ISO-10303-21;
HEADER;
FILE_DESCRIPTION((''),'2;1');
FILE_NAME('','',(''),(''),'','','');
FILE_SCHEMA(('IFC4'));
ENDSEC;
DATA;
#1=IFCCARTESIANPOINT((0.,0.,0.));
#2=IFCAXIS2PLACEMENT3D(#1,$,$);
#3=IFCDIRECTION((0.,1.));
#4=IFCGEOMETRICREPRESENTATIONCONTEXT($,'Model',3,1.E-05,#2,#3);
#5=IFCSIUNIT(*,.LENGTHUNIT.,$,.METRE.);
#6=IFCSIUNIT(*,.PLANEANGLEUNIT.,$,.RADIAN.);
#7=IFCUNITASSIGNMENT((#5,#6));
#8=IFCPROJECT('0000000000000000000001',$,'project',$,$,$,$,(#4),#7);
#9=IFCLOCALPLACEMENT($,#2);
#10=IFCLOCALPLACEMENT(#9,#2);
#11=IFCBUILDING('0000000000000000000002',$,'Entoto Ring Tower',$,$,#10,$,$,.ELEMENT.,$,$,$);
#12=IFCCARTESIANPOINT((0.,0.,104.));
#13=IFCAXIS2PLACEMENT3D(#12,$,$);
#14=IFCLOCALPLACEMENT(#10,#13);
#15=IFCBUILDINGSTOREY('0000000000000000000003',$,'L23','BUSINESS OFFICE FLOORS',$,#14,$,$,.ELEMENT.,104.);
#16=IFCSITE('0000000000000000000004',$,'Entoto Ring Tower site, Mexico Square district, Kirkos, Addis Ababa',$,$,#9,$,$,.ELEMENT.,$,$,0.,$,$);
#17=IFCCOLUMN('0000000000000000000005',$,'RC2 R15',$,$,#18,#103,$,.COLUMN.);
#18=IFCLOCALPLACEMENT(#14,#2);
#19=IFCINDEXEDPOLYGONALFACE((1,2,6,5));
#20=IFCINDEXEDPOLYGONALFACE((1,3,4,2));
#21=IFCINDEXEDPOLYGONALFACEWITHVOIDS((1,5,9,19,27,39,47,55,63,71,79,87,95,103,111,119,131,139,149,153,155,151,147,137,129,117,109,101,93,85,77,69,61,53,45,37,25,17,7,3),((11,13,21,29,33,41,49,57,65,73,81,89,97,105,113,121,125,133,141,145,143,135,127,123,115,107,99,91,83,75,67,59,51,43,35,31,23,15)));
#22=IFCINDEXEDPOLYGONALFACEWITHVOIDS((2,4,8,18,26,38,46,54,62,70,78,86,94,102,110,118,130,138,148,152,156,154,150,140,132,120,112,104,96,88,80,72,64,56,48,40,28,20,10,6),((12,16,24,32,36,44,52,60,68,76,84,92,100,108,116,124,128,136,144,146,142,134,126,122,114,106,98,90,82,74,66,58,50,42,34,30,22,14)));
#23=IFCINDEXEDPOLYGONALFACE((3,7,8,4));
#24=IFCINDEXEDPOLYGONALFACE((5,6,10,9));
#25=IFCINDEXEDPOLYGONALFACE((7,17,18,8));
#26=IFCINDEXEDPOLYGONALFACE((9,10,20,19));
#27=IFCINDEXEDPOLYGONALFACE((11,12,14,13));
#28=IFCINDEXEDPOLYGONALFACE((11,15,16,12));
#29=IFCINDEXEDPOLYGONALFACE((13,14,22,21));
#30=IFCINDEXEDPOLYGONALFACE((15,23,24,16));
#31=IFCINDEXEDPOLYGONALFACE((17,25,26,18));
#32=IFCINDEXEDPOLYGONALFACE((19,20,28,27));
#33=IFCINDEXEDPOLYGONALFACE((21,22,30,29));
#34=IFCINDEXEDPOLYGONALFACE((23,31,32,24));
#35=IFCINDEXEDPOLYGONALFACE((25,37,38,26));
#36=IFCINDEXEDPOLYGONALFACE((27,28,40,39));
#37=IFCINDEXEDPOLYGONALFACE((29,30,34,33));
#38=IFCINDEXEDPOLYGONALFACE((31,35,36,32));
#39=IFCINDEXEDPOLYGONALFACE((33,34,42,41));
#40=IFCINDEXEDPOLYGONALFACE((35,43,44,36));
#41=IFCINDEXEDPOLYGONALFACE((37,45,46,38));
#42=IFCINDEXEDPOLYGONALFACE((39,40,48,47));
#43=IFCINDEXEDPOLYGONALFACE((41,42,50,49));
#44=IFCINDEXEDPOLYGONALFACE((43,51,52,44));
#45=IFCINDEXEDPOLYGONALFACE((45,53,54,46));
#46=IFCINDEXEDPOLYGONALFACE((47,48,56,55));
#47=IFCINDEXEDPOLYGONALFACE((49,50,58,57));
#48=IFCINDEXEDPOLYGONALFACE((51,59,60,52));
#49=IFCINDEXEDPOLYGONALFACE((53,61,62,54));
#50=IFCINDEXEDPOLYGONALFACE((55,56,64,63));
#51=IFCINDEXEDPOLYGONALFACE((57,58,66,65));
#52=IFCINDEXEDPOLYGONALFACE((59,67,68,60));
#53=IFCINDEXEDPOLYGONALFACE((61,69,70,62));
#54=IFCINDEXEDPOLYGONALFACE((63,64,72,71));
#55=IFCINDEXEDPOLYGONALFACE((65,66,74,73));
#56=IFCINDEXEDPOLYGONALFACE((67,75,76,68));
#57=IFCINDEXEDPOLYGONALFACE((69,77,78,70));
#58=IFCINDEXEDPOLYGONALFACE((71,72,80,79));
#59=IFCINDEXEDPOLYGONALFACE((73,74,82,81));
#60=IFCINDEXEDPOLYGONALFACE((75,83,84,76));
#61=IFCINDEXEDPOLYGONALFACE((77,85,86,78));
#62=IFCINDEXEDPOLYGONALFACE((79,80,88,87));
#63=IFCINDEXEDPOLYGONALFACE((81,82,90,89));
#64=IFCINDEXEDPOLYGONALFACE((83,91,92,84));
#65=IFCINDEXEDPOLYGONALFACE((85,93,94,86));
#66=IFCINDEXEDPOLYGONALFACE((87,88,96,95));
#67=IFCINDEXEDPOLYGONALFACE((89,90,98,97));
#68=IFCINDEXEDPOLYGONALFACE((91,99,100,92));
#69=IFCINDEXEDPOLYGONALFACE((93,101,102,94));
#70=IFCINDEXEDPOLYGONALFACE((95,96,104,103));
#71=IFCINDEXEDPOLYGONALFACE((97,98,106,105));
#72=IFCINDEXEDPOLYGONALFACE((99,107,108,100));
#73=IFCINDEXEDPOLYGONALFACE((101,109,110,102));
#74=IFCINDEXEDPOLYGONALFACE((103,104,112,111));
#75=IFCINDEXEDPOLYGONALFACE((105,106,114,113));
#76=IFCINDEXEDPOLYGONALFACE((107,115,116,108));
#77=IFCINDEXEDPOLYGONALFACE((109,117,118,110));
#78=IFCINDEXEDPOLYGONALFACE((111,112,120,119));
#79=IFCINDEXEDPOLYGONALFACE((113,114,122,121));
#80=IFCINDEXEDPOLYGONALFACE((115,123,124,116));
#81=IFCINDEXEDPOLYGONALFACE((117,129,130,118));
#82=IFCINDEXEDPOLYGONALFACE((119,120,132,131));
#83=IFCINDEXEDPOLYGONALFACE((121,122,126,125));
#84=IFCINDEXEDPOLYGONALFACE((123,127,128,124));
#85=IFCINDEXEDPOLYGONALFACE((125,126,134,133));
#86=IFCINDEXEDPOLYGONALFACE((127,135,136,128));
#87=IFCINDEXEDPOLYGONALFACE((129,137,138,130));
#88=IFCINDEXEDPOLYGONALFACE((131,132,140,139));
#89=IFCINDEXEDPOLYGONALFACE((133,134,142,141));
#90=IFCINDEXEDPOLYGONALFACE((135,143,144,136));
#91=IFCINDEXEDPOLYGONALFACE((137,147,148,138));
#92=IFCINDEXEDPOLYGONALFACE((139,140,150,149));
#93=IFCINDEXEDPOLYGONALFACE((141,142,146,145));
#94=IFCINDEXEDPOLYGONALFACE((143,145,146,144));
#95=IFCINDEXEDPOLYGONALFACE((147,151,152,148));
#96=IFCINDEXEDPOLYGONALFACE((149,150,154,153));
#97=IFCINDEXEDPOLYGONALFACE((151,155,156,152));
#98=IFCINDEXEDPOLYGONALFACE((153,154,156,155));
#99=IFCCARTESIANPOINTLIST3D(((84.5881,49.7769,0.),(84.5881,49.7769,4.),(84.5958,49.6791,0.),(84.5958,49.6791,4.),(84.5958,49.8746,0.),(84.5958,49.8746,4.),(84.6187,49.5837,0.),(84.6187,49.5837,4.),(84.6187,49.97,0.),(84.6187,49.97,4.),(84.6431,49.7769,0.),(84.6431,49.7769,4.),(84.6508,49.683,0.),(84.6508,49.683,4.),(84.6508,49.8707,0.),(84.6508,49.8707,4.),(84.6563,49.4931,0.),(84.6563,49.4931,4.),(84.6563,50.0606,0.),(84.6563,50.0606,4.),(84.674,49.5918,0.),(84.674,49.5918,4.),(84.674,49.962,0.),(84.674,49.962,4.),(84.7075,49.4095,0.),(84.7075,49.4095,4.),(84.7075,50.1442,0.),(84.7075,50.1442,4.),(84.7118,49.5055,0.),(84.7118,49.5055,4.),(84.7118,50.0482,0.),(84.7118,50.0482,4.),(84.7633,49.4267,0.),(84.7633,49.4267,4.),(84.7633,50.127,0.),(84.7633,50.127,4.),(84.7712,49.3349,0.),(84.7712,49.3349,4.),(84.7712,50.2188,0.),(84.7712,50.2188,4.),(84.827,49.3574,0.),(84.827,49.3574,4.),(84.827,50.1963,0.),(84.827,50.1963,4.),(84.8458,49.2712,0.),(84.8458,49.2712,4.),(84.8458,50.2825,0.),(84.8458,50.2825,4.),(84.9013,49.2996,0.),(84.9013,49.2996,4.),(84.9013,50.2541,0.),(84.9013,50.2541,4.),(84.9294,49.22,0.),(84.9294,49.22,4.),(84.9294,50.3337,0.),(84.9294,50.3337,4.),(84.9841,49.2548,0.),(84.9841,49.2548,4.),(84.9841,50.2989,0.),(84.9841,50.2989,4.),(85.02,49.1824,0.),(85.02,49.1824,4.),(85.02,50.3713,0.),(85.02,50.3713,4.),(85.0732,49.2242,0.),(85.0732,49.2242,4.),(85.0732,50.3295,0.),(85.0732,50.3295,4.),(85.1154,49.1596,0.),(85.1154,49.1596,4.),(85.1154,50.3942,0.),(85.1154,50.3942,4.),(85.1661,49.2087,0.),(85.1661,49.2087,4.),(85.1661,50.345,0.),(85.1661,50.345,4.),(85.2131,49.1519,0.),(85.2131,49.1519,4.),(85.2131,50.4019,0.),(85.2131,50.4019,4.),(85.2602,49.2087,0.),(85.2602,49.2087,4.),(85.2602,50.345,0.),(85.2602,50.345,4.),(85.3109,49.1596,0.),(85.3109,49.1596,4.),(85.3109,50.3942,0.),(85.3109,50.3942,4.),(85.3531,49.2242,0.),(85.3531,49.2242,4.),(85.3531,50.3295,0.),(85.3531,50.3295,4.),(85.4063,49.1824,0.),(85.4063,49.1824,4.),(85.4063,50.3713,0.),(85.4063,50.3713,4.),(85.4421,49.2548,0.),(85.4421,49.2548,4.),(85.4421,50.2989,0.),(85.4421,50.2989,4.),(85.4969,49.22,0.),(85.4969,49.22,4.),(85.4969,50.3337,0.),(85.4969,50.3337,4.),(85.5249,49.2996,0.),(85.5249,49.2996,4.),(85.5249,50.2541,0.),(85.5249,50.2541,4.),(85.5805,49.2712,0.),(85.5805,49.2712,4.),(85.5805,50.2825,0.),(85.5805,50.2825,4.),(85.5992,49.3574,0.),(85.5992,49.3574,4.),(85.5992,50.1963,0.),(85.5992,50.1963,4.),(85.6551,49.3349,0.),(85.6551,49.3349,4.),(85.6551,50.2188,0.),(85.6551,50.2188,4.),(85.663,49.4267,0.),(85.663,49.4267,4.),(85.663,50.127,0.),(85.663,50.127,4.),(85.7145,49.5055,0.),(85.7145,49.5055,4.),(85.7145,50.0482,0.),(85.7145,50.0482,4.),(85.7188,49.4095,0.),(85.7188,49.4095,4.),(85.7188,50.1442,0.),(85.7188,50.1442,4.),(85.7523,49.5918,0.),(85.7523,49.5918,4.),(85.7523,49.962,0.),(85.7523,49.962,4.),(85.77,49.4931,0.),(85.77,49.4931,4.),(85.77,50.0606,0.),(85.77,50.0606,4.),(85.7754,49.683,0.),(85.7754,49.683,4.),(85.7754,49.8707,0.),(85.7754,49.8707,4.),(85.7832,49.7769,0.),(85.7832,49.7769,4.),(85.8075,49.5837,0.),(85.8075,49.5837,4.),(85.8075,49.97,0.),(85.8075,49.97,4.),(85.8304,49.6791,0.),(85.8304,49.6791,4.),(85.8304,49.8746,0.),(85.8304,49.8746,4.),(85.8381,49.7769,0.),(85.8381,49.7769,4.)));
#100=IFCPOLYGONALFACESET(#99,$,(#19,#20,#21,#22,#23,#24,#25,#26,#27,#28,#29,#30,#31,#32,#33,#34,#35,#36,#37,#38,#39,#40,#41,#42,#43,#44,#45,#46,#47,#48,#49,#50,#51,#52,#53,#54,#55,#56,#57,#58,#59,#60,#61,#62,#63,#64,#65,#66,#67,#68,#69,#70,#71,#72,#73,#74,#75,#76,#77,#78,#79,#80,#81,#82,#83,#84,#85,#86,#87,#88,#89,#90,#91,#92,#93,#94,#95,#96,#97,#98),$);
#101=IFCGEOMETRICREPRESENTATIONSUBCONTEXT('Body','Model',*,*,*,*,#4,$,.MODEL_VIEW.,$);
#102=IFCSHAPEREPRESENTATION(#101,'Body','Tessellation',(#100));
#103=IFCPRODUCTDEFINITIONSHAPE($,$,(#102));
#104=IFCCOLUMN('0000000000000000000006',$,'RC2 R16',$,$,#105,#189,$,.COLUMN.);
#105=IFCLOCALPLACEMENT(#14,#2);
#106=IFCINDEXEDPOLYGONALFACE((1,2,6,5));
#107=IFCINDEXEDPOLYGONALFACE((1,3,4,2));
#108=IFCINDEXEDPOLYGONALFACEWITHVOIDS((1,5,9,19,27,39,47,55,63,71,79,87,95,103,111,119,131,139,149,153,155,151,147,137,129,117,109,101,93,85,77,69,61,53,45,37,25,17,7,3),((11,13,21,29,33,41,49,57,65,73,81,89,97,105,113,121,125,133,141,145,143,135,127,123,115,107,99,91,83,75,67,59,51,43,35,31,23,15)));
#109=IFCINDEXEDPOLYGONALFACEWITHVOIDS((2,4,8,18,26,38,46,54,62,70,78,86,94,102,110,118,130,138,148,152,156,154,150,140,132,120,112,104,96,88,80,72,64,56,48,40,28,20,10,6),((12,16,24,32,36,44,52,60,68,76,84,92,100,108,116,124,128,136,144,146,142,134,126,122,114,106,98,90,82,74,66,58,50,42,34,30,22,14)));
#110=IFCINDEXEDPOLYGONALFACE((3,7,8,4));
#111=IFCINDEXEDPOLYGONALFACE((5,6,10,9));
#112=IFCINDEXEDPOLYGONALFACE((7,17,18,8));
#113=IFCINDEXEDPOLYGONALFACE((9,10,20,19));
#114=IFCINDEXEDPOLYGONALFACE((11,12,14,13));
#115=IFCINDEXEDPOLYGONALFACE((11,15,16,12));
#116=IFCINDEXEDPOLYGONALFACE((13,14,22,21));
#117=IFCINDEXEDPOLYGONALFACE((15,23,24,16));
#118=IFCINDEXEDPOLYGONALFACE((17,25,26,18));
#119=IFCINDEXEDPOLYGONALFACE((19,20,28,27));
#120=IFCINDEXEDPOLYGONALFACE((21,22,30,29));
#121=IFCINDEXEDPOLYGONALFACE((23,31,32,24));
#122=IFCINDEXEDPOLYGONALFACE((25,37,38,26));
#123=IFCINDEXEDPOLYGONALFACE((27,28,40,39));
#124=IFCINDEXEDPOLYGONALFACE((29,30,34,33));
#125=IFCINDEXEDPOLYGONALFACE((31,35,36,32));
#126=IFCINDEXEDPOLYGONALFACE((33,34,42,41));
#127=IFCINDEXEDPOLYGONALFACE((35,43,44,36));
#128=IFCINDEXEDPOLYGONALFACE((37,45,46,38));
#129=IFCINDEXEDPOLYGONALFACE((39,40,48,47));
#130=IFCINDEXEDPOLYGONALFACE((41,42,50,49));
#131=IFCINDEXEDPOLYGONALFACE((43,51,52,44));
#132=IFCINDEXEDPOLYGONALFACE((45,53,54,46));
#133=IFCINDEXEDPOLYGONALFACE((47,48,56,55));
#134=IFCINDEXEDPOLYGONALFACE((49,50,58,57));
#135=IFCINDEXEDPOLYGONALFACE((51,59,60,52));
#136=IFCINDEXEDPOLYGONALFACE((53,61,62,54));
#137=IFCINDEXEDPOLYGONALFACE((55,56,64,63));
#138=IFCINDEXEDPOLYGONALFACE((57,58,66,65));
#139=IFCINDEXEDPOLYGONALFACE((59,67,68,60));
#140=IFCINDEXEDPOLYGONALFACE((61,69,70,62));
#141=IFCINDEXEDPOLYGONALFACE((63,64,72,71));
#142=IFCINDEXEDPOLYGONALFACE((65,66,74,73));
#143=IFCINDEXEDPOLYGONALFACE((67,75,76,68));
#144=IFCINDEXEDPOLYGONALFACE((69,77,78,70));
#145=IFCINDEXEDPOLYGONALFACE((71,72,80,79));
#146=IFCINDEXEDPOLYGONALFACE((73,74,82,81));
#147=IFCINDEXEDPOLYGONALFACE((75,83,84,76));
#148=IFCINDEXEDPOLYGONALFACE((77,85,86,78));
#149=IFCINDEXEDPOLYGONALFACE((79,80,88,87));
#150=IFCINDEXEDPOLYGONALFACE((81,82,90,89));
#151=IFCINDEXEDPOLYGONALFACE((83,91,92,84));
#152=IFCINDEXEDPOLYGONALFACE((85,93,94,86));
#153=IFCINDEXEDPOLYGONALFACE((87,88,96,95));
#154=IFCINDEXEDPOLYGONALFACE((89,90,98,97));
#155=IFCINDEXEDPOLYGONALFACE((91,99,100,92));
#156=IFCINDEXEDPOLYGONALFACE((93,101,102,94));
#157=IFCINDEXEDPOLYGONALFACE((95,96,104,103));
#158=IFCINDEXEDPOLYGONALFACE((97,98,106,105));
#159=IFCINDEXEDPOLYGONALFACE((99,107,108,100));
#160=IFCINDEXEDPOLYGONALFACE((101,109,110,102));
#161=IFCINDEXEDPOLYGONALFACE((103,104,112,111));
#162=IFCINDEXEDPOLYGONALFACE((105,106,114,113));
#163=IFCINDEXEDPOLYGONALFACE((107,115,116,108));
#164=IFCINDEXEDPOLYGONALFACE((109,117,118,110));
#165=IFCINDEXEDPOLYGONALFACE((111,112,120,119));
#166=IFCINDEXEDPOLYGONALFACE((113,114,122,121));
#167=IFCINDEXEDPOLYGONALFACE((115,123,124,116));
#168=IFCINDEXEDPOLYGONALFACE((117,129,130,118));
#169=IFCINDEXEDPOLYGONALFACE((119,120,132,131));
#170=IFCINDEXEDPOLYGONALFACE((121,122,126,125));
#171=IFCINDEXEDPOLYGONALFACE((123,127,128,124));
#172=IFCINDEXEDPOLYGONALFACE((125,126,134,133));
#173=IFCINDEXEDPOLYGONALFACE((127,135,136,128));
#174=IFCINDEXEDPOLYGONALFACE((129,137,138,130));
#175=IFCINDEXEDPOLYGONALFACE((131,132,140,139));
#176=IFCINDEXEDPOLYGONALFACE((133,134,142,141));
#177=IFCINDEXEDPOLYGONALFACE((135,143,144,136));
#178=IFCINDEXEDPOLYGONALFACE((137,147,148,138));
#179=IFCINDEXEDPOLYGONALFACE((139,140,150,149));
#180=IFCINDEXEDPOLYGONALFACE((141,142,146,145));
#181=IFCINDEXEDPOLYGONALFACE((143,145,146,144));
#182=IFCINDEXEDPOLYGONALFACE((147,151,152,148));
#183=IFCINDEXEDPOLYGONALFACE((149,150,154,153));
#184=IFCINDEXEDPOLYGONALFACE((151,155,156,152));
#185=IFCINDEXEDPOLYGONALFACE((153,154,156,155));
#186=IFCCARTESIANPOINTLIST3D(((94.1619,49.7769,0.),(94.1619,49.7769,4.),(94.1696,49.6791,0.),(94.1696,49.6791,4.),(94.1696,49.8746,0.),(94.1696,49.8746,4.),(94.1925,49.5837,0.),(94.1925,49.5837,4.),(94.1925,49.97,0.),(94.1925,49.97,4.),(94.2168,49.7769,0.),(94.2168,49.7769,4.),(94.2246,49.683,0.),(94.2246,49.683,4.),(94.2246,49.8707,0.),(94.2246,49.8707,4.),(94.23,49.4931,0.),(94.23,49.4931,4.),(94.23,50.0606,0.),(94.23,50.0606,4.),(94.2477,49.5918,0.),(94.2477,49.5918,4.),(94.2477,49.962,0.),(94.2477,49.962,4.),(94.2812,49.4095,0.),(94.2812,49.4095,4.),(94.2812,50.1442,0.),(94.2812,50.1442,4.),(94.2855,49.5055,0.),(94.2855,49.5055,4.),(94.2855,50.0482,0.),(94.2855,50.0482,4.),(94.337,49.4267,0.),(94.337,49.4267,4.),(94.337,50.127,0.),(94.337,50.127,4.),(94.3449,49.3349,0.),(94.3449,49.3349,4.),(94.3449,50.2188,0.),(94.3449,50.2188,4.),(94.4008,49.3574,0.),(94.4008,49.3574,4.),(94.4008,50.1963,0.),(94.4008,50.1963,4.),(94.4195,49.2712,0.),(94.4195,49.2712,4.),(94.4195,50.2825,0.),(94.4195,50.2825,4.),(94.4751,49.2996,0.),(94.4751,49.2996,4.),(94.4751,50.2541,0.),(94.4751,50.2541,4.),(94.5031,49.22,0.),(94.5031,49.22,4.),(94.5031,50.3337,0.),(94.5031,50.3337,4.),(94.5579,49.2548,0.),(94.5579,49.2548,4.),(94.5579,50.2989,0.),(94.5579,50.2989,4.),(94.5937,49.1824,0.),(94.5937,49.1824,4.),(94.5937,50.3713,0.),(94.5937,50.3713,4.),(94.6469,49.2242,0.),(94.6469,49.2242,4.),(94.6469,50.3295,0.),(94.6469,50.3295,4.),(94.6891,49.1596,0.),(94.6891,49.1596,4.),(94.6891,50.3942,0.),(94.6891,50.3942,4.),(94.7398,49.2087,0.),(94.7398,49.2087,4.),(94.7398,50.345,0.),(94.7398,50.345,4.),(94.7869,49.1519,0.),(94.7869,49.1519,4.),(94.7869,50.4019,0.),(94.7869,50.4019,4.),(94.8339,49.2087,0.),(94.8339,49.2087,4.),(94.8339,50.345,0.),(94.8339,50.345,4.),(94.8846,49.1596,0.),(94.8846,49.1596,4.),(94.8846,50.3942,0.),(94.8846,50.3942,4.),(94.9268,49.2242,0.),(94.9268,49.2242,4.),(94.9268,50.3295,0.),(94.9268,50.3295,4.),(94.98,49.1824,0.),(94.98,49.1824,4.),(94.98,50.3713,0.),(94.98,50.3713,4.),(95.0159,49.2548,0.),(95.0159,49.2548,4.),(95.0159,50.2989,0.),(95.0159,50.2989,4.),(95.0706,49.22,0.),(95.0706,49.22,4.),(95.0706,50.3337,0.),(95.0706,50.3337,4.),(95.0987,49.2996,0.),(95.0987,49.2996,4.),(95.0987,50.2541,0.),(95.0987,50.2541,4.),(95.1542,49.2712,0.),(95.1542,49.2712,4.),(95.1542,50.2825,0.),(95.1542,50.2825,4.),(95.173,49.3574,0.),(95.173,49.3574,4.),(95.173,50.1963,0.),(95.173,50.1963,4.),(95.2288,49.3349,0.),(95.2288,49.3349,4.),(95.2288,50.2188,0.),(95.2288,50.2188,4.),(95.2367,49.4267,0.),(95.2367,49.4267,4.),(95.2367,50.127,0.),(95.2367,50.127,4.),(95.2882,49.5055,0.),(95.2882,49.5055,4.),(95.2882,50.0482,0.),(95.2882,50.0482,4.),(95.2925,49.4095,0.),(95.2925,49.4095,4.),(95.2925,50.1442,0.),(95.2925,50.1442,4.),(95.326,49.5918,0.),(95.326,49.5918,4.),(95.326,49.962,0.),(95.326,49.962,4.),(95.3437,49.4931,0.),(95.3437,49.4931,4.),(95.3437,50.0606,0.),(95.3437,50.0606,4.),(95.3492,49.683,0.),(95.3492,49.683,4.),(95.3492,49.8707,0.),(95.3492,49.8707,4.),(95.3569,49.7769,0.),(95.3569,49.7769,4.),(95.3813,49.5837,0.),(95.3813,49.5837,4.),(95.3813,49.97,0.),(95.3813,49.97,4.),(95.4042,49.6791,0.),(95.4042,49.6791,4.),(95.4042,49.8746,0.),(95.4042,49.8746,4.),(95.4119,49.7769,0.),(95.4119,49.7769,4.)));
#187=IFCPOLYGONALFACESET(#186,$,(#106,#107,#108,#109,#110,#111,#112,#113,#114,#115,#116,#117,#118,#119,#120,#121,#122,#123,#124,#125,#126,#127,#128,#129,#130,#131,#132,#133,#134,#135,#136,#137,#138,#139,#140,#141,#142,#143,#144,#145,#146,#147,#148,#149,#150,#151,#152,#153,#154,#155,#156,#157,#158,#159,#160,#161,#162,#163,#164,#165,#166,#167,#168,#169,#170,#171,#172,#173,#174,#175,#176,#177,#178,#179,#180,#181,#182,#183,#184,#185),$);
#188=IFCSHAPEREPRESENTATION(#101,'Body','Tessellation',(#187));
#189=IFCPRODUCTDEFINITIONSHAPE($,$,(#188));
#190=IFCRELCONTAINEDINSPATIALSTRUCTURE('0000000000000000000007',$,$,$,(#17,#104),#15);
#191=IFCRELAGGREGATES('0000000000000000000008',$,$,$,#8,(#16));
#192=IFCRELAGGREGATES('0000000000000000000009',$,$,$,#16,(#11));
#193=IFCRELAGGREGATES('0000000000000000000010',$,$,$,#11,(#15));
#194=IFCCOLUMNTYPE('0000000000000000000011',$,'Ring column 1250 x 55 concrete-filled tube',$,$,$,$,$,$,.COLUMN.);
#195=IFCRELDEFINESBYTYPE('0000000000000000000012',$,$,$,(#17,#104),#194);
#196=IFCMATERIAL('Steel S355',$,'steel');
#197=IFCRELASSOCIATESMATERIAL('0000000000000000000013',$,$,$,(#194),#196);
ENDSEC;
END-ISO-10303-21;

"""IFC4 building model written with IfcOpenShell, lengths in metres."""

from ifc_helpers import new_model, si_unit, direction, frame, origin, origin_2d, place, context, subcontext, project, spatial, circle, hollow_circle, extrude, material, material_profile, profile_set, type_object, element, save


model = new_model("IFC4")

# Units and contexts
model_context = context("Model", 3, precision=1e-05, world=origin(), true_north=direction((0.0, 1.0)))
body_context = subcontext(model_context, "Body", "Model", "MODEL_VIEW")
ifc_project = project(units=[si_unit("LENGTHUNIT", "METRE"), si_unit("PLANEANGLEUNIT", "RADIAN")], contexts=[model_context])

# Site, building, storey
site_placement = place(None, origin())
site = spatial("IfcSite", under=ifc_project, at=site_placement, Name="Entoto Ring Tower site, Mexico Square district, Kirkos, Addis Ababa", CompositionType="ELEMENT", RefElevation=0.0)
building_placement = place(site_placement, origin())
building = spatial("IfcBuilding", under=site, at=building_placement, Name="Entoto Ring Tower", CompositionType="ELEMENT")
storey_placement = place(building_placement, frame((0.0, 0.0, 104.0)))
storey = spatial("IfcBuildingStorey", under=building, at=storey_placement, Name="L23", Description="BUSINESS OFFICE FLOORS", CompositionType="ELEMENT", Elevation=104.0)

# Columns
ifc_material_1 = material(Name="Steel S355", Category="steel")
ifc_material_profile_1 = material_profile(ifc_material_1, hollow_circle(Radius=0.625, WallThickness=0.0549, at=origin_2d()), Name="CHS 1250 x 55")
ifc_material_2 = material(Name="Concrete C60/75", Category="concrete")
ifc_material_profile_2 = material_profile(ifc_material_2, circle(Radius=0.5701, at=origin_2d()), Name="Concrete C60/75 infill")
ifc_profile_set_1 = profile_set([ifc_material_profile_1, ifc_material_profile_2], Name="Steel S355")
column_type = type_object("IfcColumnType", Name="Ring column 1250 x 55 concrete-filled tube", PredefinedType="COLUMN", material=ifc_profile_set_1)
for number, where, z_axis, x_axis, name in (
    (1, (85.2131, 49.7769, 0.0), (0.0, 0.0, 1.0), (1.0, 0.0, 0.0), "RC2 R15"),
    (2, (94.7869, 49.7769, 0.0), (0.0, 0.0, 1.0), (1.0, 0.0, 0.0), "RC2 R16"),
):
    element("IfcColumn", number, at=place(storey_placement, frame(where, z_axis=z_axis, x_axis=x_axis)), inside=storey, type_object=column_type, Name=name, PredefinedType="COLUMN", context=body_context, shape_type="SweptSolid", body=[
        extrude(hollow_circle(Radius=0.625, WallThickness=0.0549, at=origin_2d()), origin(), (0.0, 0.0, 1.0), 4.0),
    ])

save(model, "model.ifc")
